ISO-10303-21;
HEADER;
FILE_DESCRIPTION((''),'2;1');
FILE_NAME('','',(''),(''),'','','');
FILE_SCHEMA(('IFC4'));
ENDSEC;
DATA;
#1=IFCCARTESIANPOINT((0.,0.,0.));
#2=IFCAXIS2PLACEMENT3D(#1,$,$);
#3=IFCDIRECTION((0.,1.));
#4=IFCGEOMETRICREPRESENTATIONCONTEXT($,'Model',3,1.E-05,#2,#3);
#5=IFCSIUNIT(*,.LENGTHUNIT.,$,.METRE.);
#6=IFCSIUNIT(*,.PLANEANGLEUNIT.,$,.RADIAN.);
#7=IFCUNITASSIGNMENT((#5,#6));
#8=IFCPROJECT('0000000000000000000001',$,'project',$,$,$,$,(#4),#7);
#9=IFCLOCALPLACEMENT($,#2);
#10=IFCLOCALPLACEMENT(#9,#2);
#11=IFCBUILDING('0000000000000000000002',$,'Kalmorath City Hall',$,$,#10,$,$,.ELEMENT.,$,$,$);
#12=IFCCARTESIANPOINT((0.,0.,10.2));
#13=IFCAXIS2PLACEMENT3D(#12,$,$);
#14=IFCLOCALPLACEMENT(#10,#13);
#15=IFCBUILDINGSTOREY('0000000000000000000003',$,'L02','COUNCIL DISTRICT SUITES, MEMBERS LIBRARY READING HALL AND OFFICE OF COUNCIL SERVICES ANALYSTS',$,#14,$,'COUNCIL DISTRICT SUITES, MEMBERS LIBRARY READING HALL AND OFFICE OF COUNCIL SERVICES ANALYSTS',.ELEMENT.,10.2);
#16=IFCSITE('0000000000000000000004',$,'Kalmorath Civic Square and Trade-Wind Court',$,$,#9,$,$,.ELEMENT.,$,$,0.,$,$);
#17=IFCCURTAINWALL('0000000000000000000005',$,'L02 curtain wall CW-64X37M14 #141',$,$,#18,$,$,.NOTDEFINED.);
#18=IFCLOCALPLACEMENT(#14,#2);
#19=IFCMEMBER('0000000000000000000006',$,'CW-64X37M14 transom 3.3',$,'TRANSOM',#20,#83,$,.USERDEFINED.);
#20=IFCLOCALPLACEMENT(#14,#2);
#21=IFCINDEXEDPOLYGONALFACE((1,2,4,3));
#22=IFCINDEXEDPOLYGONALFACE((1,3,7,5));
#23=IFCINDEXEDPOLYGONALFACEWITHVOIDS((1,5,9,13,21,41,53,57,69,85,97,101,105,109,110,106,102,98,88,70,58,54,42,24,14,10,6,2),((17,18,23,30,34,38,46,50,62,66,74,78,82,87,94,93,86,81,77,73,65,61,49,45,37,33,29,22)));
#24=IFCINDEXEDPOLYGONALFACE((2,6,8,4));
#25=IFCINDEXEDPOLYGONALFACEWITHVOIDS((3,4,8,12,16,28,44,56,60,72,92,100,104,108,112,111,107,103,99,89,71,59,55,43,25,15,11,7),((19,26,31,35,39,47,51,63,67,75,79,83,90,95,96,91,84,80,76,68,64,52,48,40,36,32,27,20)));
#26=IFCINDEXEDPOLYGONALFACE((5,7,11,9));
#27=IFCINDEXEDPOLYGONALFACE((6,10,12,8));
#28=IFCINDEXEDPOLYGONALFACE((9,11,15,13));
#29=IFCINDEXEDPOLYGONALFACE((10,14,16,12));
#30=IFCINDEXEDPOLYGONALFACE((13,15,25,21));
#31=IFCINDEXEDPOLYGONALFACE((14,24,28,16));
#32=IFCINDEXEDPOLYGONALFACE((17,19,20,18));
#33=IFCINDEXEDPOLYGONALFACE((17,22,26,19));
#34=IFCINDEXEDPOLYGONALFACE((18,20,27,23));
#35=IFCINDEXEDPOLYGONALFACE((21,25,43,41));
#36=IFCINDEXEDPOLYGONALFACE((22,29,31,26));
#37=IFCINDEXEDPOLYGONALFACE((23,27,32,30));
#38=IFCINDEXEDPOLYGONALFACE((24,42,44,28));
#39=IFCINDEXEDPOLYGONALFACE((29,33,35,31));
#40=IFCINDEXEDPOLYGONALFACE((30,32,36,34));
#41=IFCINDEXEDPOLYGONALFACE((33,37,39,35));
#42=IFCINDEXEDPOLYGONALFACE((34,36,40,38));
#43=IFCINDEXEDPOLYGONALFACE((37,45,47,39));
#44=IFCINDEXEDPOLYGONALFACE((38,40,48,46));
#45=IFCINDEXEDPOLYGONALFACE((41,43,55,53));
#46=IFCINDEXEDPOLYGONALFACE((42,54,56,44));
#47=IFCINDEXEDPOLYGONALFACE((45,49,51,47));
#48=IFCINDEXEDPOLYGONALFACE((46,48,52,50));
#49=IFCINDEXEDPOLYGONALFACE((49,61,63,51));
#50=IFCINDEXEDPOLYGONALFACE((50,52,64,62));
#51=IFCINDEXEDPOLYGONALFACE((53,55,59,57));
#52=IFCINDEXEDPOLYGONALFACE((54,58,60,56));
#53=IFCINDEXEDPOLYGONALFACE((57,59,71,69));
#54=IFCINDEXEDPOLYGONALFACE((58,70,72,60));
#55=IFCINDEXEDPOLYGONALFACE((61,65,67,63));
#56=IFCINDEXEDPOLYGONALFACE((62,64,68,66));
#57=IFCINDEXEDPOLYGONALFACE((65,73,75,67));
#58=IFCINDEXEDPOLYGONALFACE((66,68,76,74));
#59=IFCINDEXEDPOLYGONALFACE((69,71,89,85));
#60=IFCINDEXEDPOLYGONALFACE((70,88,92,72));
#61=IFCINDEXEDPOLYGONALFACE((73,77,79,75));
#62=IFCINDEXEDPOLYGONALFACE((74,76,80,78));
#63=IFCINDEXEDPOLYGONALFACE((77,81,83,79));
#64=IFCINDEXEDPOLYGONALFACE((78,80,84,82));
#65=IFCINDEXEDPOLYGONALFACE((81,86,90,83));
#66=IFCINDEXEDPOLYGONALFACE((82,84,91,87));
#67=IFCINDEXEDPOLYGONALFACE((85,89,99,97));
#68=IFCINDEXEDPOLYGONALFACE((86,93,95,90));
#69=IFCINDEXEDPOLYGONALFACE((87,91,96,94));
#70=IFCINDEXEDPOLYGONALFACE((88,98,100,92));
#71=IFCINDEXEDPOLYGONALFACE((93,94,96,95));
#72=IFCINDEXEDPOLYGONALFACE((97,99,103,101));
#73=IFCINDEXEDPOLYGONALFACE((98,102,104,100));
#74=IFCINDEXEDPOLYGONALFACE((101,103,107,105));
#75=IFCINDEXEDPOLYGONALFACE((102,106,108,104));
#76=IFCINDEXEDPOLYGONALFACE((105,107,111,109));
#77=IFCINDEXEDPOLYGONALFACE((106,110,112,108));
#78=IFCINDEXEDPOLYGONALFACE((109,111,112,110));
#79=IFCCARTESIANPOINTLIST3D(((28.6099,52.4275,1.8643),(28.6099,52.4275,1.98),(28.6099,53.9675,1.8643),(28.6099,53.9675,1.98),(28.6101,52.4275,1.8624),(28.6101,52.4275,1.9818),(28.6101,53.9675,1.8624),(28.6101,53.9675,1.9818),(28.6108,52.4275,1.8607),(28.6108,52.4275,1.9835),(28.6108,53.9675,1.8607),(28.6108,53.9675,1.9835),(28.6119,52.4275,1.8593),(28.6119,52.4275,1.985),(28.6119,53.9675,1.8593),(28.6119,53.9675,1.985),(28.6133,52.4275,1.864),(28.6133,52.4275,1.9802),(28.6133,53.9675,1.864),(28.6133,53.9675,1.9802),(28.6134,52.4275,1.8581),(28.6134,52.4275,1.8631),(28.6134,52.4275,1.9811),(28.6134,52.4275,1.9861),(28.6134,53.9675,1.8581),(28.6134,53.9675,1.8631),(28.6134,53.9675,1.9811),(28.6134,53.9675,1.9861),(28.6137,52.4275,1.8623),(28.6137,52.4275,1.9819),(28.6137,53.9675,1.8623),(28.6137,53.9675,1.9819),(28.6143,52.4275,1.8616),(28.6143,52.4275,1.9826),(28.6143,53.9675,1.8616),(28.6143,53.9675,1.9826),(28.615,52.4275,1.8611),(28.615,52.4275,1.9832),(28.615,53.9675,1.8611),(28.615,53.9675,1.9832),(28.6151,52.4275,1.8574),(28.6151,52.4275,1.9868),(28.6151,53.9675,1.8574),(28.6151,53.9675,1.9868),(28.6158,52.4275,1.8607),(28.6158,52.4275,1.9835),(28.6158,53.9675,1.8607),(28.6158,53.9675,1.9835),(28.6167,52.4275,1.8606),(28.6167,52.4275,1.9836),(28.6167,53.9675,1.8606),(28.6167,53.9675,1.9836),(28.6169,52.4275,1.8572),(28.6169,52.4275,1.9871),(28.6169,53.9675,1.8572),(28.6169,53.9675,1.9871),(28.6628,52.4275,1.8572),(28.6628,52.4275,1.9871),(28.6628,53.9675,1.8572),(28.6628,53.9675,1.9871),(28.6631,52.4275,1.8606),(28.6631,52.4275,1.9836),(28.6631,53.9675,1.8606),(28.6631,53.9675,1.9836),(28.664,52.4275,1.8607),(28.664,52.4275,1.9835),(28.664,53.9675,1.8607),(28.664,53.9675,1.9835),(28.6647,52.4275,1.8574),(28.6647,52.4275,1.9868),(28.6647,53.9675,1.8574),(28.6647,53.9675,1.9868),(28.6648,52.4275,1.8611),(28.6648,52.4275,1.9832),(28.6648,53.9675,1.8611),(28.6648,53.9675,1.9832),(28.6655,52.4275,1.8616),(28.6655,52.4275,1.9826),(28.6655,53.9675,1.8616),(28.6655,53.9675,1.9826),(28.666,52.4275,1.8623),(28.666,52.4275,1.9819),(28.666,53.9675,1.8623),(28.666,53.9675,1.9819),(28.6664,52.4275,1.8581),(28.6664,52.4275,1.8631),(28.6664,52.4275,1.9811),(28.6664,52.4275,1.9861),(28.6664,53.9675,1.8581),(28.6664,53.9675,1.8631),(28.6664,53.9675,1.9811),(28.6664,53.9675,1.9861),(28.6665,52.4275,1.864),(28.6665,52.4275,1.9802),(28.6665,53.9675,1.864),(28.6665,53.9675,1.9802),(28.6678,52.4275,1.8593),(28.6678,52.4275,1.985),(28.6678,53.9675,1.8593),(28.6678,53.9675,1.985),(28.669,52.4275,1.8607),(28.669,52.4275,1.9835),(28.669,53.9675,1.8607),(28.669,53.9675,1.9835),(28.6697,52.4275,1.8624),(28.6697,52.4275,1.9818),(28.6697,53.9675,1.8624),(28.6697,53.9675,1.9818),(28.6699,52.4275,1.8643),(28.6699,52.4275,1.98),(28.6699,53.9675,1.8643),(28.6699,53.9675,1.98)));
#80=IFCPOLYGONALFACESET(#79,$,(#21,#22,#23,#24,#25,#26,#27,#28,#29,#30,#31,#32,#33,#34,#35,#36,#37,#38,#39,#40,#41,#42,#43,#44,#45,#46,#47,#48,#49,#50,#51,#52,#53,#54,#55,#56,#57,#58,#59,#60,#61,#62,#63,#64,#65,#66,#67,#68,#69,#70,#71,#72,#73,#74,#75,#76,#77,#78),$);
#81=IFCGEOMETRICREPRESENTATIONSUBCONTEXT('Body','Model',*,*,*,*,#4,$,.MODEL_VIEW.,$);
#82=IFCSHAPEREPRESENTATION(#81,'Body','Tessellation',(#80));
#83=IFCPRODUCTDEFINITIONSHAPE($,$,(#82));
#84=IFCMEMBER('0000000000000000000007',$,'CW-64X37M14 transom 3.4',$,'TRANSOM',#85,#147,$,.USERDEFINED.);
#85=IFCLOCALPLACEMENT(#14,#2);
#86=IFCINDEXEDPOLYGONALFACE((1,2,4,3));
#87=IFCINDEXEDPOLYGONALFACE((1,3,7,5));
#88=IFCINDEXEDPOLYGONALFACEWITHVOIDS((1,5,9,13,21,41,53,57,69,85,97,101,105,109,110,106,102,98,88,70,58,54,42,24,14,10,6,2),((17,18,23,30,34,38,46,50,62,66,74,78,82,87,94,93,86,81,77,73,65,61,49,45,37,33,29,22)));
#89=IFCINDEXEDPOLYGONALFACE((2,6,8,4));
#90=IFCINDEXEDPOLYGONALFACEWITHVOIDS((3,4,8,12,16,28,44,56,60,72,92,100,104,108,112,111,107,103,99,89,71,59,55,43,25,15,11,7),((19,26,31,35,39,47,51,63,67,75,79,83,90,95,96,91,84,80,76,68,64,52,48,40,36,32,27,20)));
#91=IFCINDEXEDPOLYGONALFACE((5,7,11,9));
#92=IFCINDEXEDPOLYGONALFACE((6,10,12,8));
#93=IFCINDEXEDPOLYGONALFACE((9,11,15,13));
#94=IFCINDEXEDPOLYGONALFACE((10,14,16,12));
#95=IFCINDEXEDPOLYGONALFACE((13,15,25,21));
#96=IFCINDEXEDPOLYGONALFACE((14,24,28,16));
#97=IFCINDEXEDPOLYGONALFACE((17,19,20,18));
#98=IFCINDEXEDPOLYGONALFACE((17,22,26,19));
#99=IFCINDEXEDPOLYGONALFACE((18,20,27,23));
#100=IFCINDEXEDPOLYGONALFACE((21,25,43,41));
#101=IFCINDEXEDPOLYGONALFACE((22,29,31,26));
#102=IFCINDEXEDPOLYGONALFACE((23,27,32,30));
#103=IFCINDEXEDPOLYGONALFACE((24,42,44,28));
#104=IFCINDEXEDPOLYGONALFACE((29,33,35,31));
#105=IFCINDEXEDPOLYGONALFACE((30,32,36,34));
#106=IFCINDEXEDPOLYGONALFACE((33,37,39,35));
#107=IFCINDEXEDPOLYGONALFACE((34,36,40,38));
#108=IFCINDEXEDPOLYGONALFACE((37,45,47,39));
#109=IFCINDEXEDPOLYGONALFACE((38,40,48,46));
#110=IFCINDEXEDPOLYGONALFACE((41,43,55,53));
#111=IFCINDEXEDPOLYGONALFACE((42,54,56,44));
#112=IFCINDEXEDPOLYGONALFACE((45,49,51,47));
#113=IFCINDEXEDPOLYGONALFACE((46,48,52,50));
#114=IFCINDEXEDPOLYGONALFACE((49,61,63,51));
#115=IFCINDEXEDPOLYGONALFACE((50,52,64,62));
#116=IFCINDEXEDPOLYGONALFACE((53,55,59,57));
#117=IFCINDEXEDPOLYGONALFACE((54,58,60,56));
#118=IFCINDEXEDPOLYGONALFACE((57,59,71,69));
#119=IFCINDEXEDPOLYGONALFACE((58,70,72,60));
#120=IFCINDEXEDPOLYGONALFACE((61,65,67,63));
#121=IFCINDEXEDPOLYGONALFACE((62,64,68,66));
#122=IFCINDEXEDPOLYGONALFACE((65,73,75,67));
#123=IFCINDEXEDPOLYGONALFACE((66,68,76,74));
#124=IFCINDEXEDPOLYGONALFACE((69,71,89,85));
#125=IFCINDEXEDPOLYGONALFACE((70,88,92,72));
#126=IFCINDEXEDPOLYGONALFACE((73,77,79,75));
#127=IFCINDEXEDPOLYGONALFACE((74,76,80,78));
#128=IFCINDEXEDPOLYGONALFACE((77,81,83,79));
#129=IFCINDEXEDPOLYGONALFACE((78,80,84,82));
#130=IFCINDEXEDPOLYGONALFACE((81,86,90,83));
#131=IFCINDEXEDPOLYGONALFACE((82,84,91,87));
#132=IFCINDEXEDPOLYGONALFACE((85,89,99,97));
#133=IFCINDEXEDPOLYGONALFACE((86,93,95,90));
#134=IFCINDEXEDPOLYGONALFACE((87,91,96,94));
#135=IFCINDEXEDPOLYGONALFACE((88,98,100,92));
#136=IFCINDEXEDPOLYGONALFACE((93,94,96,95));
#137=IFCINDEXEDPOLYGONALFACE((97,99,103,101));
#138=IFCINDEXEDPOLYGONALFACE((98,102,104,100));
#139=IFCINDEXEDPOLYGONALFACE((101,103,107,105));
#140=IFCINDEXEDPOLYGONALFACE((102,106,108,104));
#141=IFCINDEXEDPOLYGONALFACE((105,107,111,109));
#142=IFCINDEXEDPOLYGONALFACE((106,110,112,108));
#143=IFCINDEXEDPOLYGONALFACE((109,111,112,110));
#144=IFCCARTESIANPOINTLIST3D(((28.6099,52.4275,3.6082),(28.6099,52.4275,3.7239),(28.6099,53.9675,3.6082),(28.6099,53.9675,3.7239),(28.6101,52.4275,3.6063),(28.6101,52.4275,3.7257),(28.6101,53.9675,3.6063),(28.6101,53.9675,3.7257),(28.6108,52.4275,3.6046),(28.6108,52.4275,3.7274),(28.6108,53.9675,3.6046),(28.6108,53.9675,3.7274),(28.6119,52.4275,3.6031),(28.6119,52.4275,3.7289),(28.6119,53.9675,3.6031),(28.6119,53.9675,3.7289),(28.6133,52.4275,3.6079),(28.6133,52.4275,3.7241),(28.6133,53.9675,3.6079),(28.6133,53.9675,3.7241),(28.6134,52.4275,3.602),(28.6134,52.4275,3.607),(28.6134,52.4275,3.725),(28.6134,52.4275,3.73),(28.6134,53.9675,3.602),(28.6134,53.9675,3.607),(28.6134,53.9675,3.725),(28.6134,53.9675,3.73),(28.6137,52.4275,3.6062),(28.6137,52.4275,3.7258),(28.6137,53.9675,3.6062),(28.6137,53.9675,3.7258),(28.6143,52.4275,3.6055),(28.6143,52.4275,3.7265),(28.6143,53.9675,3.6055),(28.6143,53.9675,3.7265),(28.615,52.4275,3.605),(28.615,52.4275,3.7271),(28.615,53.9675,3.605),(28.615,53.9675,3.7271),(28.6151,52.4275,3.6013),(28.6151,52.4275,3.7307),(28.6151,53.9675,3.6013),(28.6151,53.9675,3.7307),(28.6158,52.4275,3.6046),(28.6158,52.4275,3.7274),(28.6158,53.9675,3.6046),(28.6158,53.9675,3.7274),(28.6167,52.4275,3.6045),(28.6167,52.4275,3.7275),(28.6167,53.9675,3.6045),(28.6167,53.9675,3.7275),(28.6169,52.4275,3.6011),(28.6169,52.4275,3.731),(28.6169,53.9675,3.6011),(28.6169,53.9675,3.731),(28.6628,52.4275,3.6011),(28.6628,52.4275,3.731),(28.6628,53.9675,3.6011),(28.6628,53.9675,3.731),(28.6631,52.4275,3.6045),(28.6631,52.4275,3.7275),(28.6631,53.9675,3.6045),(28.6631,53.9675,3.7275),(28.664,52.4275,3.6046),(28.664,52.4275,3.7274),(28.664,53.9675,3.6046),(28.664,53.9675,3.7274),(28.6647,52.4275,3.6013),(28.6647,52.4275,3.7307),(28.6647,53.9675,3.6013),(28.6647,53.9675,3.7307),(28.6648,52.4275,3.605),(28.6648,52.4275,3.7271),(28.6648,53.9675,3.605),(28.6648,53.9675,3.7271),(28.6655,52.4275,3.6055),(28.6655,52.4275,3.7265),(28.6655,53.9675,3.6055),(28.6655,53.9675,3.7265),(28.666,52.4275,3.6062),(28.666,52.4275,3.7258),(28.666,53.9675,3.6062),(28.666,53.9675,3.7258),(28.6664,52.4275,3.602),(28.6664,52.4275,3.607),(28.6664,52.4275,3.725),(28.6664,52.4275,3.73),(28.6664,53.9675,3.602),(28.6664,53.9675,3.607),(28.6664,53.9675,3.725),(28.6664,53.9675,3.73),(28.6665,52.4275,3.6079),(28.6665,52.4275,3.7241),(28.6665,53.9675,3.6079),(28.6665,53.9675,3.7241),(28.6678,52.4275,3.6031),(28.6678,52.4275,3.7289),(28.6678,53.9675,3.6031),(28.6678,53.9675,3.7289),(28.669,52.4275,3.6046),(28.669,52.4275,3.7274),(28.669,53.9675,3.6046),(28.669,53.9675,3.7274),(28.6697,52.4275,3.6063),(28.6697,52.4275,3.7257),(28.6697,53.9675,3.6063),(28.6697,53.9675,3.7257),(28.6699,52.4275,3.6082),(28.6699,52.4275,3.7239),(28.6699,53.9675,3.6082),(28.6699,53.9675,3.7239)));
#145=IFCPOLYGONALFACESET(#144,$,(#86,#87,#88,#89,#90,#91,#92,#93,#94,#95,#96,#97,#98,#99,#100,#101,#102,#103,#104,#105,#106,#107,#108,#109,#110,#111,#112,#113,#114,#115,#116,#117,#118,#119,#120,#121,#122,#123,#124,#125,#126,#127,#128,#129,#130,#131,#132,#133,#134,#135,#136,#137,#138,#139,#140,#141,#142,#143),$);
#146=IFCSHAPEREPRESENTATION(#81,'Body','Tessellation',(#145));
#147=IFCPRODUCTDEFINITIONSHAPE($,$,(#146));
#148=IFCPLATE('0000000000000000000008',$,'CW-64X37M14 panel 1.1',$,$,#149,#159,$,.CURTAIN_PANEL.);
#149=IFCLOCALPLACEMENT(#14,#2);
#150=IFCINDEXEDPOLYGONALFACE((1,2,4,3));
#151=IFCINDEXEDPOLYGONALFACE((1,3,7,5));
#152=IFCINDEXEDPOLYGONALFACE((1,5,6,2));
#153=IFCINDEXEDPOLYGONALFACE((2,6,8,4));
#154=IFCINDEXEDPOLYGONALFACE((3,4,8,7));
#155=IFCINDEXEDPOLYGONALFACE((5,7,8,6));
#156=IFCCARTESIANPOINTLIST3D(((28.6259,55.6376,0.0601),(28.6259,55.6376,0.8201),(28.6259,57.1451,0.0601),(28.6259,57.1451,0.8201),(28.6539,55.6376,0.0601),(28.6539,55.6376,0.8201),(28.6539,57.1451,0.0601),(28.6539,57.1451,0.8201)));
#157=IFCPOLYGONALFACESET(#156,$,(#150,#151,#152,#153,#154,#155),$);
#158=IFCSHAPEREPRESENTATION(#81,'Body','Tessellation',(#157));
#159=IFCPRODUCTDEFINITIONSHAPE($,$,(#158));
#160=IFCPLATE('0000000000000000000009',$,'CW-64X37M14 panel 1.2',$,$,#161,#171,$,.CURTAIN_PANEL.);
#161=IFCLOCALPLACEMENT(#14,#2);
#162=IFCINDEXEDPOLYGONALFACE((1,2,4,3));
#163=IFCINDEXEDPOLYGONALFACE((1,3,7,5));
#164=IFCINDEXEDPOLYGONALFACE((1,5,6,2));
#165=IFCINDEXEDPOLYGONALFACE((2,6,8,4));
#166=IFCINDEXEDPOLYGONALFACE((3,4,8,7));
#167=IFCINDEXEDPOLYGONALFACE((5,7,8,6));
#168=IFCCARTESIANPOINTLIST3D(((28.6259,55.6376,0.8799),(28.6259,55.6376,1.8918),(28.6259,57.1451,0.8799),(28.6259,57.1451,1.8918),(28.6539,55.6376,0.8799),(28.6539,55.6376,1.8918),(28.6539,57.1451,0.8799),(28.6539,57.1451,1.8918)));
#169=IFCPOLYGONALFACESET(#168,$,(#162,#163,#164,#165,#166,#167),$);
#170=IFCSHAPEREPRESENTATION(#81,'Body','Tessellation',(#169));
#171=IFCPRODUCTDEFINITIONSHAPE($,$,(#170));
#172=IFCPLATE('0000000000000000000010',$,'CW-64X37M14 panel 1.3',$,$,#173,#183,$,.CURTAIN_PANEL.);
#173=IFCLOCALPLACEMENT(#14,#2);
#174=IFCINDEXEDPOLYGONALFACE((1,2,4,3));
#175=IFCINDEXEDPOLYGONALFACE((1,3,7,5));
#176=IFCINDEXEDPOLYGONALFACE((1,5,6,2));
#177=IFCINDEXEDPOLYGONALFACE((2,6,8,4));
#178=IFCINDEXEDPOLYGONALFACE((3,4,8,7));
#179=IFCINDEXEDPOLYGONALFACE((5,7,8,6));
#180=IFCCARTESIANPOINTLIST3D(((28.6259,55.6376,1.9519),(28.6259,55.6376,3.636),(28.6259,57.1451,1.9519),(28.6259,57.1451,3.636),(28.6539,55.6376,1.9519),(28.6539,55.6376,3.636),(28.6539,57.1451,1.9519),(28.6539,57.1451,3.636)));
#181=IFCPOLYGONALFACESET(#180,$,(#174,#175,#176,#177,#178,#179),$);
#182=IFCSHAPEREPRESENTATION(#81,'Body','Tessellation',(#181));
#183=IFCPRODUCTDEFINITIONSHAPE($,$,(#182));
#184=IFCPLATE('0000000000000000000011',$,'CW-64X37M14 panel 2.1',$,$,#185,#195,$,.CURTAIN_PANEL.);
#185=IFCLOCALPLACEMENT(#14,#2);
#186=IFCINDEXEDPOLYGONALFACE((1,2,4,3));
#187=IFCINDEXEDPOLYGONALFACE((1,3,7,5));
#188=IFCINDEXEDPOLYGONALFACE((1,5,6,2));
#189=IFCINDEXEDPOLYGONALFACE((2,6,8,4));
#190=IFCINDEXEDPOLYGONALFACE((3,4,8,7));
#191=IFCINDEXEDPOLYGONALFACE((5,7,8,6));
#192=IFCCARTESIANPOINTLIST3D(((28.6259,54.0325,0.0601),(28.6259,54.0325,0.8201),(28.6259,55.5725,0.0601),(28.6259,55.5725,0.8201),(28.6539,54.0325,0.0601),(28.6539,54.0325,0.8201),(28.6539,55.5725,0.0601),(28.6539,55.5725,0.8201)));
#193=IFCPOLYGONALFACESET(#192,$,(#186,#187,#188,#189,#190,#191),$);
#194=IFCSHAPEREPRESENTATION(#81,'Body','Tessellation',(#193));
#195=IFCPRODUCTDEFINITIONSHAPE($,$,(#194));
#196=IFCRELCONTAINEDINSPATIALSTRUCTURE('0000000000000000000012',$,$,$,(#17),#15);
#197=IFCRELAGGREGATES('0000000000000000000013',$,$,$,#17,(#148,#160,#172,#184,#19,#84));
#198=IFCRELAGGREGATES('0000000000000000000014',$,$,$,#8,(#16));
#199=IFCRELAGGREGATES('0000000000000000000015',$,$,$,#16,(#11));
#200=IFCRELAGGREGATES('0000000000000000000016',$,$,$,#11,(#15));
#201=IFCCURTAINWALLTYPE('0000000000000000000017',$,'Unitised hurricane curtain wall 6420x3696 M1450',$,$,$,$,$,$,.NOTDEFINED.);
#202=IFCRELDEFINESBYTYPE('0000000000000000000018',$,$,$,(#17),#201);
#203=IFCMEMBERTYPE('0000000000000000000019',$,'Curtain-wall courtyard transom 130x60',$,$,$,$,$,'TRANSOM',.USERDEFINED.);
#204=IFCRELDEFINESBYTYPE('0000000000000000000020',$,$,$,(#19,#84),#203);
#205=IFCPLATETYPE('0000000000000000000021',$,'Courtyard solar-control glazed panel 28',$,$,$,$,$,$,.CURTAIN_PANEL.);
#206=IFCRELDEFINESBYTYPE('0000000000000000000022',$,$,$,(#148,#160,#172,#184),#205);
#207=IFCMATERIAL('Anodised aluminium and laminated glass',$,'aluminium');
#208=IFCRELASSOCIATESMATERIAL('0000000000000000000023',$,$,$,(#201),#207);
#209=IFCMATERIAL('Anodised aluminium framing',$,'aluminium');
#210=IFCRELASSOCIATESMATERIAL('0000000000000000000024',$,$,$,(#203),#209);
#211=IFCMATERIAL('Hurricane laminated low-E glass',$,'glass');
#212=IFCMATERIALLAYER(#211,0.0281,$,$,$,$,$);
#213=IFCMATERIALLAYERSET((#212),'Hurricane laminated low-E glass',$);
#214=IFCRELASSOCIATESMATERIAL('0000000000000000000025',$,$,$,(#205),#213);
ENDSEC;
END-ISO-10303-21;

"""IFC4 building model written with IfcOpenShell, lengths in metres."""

from ifc_helpers import new_model, si_unit, direction, frame, origin, origin_2d, place, context, subcontext, project, spatial, rectangle, hollow_rectangle, extrude, material, layer, layer_set, material_profile, profile_set, type_object, element, aggregate, save


model = new_model("IFC4")

# Units and contexts
model_context = context("Model", 3, precision=1e-05, world=origin(), true_north=direction((0.0, 1.0)))
body_context = subcontext(model_context, "Body", "Model", "MODEL_VIEW")
ifc_project = project(units=[si_unit("LENGTHUNIT", "METRE"), si_unit("PLANEANGLEUNIT", "RADIAN")], contexts=[model_context])

# Site, building, storey
site_placement = place(None, origin())
site = spatial("IfcSite", under=ifc_project, at=site_placement, Name="Kalmorath Civic Square and Trade-Wind Court", CompositionType="ELEMENT", RefElevation=0.0)
building_placement = place(site_placement, origin())
building = spatial("IfcBuilding", under=site, at=building_placement, Name="Kalmorath City Hall", CompositionType="ELEMENT")
storey_placement = place(building_placement, frame((0.0, 0.0, 10.2)))
storey = spatial("IfcBuildingStorey", under=building, at=storey_placement, Name="L02", Description="COUNCIL DISTRICT SUITES, MEMBERS LIBRARY READING HALL AND OFFICE OF COUNCIL SERVICES ANALYSTS", LongName="COUNCIL DISTRICT SUITES, MEMBERS LIBRARY READING HALL AND OFFICE OF COUNCIL SERVICES ANALYSTS", CompositionType="ELEMENT", Elevation=10.2)

# Curtain wall, members, plates
ifc_material_1 = material(Name="Anodised aluminium and laminated glass", Category="aluminium")
curtain_wall_type = type_object("IfcCurtainWallType", Name="Unitised hurricane curtain wall 6420x3696 M1450", PredefinedType="NOTDEFINED", material=ifc_material_1)
curtain_wall_placement = place(storey_placement, origin())
curtain_wall = element("IfcCurtainWall", 1, at=curtain_wall_placement, inside=storey, type_object=curtain_wall_type, Name="L02 curtain wall CW-64X37M14 #141", PredefinedType="NOTDEFINED")
ifc_material_2 = material(Name="Anodised aluminium framing", Category="aluminium")
ifc_material_profile_1 = material_profile(ifc_material_2, hollow_rectangle(XDim=0.0601, YDim=0.1299, WallThickness=0.0034, InnerFilletRadius=0.0034, OuterFilletRadius=0.0071, at=origin_2d()), Name="ALU-TRN-130X60X3.5")
ifc_profile_set_1 = profile_set([ifc_material_profile_1], Name="Anodised aluminium framing")
member_type_1 = type_object("IfcMemberType", Name="Curtain-wall courtyard transom 130x60", ElementType="TRANSOM", PredefinedType="USERDEFINED", material=ifc_profile_set_1)
member_1_placement = place(storey_placement, frame((28.6399, 53.9675, 1.9221), z_axis=(0.0, -1.0, 0.0), x_axis=(1.0, 0.0, 0.0)))
member_1 = element("IfcMember", 2, at=member_1_placement, type_object=member_type_1, Name="CW-64X37M14 transom 3.3", ObjectType="TRANSOM", PredefinedType="USERDEFINED", context=body_context, shape_type="SweptSolid", body=[
    extrude(hollow_rectangle(XDim=0.0601, YDim=0.1299, WallThickness=0.0034, InnerFilletRadius=0.0034, OuterFilletRadius=0.0071, at=origin_2d()), origin(), (0.0, 0.0, 1.0), 1.54),
])
member_2_placement = place(storey_placement, frame((28.6399, 53.9675, 3.666), z_axis=(0.0, -1.0, 0.0), x_axis=(1.0, 0.0, 0.0)))
member_2 = element("IfcMember", 3, at=member_2_placement, type_object=member_type_1, Name="CW-64X37M14 transom 3.4", ObjectType="TRANSOM", PredefinedType="USERDEFINED", context=body_context, shape_type="SweptSolid", body=[
    extrude(hollow_rectangle(XDim=0.0601, YDim=0.1299, WallThickness=0.0034, InnerFilletRadius=0.0034, OuterFilletRadius=0.0071, at=origin_2d()), origin(), (0.0, 0.0, 1.0), 1.54),
])
ifc_material_3 = material(Name="Hurricane laminated low-E glass", Category="glass")
ifc_layer = layer(ifc_material_3, 0.0281)
ifc_layer_set = layer_set([ifc_layer], Name="Hurricane laminated low-E glass")
plate_type = type_object("IfcPlateType", Name="Courtyard solar-control glazed panel 28", PredefinedType="CURTAIN_PANEL", material=ifc_layer_set)
plate_1_placement = place(storey_placement, frame((28.6399, 56.3914, 0.0601), z_axis=(0.0, 0.0, 1.0), x_axis=(0.0, -1.0, 0.0)))
plate_1 = element("IfcPlate", 4, at=plate_1_placement, type_object=plate_type, Name="CW-64X37M14 panel 1.1", PredefinedType="CURTAIN_PANEL", context=body_context, shape_type="SweptSolid", body=[
    extrude(rectangle(XDim=1.5076, YDim=0.0281, at=origin_2d()), origin(), (0.0, 0.0, 1.0), 0.76),
])
plate_2_placement = place(storey_placement, frame((28.6399, 56.3914, 0.8799), z_axis=(0.0, 0.0, 1.0), x_axis=(0.0, -1.0, 0.0)))
plate_2 = element("IfcPlate", 5, at=plate_2_placement, type_object=plate_type, Name="CW-64X37M14 panel 1.2", PredefinedType="CURTAIN_PANEL", context=body_context, shape_type="SweptSolid", body=[
    extrude(rectangle(XDim=1.5076, YDim=0.0281, at=origin_2d()), origin(), (0.0, 0.0, 1.0), 1.012),
])
plate_3_placement = place(storey_placement, frame((28.6399, 56.3914, 1.9519), z_axis=(0.0, 0.0, 1.0), x_axis=(0.0, -1.0, 0.0)))
plate_3 = element("IfcPlate", 6, at=plate_3_placement, type_object=plate_type, Name="CW-64X37M14 panel 1.3", PredefinedType="CURTAIN_PANEL", context=body_context, shape_type="SweptSolid", body=[
    extrude(rectangle(XDim=1.5076, YDim=0.0281, at=origin_2d()), origin(), (0.0, 0.0, 1.0), 1.6841),
])
plate_4_placement = place(storey_placement, frame((28.6399, 54.8025, 0.0601), z_axis=(0.0, 0.0, 1.0), x_axis=(0.0, -1.0, 0.0)))
plate_4 = element("IfcPlate", 7, at=plate_4_placement, type_object=plate_type, Name="CW-64X37M14 panel 2.1", PredefinedType="CURTAIN_PANEL", context=body_context, shape_type="SweptSolid", body=[
    extrude(rectangle(XDim=1.54, YDim=0.0281, at=origin_2d()), origin(), (0.0, 0.0, 1.0), 0.76),
])
aggregate(curtain_wall, [plate_1, plate_2, plate_3, plate_4, member_1, member_2])

save(model, "model.ifc")
